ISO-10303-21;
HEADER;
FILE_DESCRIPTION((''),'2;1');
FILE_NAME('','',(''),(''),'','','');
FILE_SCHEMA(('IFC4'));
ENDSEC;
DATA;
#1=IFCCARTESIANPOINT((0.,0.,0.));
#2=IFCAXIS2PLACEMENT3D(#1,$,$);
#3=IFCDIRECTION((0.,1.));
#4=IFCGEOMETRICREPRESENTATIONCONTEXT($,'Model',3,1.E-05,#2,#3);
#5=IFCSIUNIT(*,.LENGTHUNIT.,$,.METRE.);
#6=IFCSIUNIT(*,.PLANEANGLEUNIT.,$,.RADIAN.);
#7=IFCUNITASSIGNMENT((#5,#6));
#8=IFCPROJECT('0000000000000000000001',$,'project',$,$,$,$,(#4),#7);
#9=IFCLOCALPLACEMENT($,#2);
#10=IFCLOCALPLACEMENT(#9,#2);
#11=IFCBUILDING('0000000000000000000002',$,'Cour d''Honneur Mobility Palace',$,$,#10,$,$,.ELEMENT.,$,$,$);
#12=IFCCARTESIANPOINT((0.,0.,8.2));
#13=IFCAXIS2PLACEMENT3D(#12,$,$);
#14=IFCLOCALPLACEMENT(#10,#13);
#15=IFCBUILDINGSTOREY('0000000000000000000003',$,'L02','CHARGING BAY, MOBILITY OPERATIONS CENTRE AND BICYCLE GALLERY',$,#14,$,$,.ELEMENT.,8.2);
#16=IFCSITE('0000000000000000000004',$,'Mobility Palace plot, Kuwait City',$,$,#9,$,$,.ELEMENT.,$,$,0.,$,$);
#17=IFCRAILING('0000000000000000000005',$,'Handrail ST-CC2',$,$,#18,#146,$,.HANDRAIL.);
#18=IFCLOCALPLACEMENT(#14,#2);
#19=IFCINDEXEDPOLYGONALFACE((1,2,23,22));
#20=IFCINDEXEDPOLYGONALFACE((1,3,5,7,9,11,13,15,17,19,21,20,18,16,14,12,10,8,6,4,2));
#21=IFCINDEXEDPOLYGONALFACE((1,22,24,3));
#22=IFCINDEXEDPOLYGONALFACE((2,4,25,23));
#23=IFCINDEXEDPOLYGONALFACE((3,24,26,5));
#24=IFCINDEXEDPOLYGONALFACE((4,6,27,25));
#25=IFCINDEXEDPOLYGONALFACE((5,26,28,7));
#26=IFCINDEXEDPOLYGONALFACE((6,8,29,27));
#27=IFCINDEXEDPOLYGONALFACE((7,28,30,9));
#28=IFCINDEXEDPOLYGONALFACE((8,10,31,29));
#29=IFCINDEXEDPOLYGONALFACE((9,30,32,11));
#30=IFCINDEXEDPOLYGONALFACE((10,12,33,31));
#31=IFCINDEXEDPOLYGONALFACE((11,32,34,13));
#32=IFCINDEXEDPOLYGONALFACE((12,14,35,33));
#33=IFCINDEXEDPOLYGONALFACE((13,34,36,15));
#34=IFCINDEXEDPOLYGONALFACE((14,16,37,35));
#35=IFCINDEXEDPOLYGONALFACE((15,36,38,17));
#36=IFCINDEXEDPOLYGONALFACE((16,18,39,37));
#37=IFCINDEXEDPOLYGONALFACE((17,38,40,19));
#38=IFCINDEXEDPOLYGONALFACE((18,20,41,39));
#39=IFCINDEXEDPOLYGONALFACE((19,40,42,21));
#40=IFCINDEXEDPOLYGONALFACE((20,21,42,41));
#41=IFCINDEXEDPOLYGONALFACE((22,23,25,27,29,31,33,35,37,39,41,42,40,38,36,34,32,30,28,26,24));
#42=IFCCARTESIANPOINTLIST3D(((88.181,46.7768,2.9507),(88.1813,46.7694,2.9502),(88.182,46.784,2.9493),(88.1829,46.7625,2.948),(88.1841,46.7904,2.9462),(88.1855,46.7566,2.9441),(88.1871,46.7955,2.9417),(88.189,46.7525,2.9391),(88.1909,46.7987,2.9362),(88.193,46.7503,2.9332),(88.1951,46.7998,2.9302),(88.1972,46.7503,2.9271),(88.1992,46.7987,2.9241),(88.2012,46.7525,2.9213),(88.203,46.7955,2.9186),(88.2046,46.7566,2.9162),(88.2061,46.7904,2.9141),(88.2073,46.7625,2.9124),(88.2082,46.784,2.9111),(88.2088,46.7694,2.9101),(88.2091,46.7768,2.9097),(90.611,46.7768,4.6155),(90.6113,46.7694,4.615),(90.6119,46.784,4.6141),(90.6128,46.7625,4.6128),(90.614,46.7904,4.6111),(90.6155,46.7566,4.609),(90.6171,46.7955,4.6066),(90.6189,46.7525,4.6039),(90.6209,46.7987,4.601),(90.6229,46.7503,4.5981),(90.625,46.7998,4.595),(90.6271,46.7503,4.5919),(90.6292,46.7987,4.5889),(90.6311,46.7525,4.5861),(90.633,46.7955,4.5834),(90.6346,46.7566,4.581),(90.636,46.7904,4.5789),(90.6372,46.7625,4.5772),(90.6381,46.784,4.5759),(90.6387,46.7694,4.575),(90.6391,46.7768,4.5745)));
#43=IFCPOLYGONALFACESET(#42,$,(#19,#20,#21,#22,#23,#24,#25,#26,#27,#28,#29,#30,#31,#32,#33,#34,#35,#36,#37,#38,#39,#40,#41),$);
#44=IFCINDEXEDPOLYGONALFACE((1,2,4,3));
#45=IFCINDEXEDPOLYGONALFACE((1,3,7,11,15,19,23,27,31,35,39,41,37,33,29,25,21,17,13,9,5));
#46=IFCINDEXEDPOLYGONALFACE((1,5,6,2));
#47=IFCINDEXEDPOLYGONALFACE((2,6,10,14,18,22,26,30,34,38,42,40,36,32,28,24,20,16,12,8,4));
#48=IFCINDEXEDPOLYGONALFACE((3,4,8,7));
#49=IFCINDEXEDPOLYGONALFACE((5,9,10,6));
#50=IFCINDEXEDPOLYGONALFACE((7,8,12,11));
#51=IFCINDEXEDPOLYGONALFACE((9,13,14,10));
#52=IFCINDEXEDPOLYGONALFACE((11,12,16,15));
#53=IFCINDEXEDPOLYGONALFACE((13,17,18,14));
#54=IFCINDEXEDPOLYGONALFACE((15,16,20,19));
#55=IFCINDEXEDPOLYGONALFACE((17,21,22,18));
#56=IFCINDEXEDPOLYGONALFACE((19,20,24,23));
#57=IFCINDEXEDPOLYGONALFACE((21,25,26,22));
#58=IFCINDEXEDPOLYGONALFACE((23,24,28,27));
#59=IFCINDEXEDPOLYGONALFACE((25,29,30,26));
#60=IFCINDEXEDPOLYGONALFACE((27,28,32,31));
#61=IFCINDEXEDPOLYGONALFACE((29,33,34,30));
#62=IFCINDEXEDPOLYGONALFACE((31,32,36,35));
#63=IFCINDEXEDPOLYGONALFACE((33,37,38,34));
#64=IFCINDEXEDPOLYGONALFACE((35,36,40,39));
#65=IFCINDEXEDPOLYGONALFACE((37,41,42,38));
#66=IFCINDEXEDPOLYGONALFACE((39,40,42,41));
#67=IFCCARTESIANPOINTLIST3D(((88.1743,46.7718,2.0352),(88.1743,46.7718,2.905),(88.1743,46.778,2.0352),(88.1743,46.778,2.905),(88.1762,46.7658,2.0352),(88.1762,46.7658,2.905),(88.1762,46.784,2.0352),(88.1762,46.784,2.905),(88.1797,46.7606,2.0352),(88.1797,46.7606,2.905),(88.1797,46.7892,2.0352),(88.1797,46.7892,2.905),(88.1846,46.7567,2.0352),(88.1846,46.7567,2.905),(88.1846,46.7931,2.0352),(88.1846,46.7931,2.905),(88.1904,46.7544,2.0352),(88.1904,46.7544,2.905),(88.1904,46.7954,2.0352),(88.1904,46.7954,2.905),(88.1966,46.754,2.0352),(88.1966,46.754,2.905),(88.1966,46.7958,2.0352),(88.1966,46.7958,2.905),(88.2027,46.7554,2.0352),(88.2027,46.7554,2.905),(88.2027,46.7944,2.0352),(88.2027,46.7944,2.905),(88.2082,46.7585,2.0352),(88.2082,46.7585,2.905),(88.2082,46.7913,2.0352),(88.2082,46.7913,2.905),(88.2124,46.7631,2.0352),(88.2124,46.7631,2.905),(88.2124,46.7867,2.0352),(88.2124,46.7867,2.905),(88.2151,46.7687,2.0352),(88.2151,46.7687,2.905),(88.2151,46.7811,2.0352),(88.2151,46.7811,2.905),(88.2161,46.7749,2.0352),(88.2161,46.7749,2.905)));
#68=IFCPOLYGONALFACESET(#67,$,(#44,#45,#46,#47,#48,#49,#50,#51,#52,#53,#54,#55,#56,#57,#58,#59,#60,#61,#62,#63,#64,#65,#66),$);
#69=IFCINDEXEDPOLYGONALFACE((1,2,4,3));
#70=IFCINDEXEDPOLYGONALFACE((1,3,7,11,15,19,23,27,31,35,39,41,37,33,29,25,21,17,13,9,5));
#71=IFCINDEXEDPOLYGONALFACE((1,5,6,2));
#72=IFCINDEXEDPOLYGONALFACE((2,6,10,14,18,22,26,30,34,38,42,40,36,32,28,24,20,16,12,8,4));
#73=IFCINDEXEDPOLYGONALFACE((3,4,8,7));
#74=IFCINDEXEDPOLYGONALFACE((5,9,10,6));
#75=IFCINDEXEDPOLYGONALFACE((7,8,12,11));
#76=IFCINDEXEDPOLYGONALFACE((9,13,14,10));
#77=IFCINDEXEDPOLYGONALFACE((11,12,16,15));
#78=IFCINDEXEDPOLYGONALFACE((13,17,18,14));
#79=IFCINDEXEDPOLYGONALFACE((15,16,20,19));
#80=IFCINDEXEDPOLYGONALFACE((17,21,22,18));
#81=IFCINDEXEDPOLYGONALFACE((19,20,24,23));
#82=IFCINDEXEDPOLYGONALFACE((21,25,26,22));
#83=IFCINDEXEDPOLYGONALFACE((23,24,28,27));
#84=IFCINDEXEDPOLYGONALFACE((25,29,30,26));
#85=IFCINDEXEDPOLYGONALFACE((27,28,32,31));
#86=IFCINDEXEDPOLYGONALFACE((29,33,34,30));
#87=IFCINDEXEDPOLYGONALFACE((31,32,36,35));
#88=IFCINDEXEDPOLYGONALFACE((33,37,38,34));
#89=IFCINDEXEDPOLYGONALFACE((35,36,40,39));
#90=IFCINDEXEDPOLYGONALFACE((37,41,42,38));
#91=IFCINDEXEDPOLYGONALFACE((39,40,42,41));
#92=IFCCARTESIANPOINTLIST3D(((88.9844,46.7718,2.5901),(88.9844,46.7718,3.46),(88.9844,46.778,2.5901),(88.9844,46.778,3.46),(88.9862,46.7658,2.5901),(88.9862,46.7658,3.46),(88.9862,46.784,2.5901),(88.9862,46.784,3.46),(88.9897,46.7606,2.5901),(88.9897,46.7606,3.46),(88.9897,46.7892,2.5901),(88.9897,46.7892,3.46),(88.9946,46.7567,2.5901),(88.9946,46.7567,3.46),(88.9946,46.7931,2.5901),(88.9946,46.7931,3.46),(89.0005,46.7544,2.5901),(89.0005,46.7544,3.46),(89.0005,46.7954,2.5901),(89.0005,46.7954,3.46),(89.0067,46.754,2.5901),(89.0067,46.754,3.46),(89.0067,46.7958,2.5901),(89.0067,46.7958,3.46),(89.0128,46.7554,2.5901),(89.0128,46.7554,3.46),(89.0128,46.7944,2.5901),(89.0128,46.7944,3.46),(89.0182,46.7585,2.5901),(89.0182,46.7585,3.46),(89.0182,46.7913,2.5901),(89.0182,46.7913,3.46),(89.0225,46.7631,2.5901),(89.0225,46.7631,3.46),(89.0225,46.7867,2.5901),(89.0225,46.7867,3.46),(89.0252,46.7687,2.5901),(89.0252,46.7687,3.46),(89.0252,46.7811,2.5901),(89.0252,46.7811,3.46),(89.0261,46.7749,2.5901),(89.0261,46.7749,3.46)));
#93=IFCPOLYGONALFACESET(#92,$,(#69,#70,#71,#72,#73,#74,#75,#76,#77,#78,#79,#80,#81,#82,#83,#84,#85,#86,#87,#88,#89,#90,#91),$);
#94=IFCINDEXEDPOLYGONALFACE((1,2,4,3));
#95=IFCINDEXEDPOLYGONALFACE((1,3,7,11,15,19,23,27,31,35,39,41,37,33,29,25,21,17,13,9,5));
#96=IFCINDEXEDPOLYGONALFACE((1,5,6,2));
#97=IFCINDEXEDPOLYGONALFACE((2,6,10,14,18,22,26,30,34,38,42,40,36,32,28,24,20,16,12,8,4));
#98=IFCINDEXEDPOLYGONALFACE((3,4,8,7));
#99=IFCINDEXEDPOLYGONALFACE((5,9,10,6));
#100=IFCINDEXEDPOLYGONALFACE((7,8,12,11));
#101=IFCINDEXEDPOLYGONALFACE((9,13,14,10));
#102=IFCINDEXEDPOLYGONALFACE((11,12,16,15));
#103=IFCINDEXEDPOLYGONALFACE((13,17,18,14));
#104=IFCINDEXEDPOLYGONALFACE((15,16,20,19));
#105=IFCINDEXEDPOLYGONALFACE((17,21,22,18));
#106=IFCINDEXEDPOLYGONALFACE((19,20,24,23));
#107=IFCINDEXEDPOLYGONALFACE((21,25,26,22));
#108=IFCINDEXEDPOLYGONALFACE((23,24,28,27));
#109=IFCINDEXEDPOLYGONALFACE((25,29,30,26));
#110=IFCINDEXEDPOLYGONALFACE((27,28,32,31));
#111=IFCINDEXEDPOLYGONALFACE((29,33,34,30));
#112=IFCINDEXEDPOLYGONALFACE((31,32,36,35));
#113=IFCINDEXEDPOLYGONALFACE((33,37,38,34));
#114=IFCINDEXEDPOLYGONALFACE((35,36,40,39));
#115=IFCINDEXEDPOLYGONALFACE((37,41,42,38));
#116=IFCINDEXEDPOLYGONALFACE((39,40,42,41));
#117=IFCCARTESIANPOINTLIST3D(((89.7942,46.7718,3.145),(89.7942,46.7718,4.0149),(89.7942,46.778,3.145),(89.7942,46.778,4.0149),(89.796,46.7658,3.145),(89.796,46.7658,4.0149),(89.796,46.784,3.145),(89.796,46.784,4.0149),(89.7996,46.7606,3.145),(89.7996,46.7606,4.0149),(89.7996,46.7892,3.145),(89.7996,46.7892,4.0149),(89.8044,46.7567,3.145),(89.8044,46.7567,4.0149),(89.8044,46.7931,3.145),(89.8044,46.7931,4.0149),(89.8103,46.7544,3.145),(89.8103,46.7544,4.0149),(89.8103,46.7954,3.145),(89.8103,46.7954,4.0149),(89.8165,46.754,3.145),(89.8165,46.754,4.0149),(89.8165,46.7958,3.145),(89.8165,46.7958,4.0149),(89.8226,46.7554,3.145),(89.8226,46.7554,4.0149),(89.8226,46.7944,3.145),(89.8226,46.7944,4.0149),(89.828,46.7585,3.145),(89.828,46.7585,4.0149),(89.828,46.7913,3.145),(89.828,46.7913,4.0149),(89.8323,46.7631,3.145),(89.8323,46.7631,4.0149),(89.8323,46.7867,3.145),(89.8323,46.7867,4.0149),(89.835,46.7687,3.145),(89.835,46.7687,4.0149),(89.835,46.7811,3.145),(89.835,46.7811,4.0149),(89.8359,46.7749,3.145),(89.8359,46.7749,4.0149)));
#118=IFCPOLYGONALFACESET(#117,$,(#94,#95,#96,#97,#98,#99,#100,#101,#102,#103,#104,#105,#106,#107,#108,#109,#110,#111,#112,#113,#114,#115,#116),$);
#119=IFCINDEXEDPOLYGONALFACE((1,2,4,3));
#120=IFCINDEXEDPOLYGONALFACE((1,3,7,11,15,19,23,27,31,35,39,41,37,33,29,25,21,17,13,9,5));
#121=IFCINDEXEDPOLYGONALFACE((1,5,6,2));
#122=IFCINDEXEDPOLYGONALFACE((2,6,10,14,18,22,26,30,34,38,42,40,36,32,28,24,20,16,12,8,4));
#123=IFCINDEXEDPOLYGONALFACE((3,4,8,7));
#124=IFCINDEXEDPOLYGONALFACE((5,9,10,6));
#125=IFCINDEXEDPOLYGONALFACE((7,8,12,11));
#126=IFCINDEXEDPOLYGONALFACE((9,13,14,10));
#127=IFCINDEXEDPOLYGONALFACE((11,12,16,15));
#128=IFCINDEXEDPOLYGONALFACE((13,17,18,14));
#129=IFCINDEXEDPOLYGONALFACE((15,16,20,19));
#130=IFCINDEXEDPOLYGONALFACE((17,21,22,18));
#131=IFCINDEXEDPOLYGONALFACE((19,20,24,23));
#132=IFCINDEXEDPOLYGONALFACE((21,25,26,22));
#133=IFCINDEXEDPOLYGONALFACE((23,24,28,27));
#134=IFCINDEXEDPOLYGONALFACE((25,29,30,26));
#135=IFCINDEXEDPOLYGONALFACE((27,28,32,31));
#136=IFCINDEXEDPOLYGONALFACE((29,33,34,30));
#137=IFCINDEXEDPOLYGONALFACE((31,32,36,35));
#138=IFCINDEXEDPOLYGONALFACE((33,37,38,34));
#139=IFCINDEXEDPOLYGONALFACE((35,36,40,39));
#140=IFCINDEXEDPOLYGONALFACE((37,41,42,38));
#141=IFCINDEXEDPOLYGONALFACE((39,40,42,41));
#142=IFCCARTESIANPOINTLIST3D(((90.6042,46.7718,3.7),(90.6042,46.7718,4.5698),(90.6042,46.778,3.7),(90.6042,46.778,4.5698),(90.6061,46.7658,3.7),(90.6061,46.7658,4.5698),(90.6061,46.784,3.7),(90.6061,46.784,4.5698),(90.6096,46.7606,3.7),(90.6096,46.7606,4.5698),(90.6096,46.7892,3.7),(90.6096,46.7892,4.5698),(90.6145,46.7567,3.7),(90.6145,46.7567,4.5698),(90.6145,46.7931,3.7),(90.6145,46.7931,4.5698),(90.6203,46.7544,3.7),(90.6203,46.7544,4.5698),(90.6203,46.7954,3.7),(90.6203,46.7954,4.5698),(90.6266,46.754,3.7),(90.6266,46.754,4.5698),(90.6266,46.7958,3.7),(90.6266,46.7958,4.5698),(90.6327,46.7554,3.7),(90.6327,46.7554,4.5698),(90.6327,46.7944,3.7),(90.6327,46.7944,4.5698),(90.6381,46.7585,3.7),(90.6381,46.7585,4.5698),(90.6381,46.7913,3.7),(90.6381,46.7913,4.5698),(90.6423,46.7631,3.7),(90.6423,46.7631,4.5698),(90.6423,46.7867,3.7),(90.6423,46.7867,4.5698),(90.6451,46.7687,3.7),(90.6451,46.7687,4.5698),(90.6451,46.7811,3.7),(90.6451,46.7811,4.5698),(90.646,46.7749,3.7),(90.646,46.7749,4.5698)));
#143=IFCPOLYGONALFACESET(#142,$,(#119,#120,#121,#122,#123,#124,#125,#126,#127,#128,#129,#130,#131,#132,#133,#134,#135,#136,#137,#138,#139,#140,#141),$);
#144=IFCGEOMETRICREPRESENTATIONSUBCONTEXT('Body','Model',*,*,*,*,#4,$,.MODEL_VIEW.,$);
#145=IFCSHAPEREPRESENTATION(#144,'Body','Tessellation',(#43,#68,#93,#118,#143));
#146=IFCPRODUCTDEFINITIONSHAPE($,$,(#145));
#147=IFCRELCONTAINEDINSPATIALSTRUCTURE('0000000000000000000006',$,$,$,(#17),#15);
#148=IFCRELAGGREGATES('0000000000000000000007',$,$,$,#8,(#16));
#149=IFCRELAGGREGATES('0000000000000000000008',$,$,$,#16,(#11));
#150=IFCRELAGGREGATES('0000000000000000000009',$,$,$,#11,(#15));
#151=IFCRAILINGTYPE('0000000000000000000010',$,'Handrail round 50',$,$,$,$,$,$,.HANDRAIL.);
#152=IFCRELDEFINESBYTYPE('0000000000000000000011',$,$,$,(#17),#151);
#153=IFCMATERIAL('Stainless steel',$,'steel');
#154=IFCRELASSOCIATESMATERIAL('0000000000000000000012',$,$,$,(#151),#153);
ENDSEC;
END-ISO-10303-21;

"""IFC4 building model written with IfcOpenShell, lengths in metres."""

from ifc_helpers import new_model, si_unit, direction, frame, origin, origin_2d, place, context, subcontext, project, spatial, circle, extrude, material, type_object, element, save


model = new_model("IFC4")

# Units and contexts
model_context = context("Model", 3, precision=1e-05, world=origin(), true_north=direction((0.0, 1.0)))
body_context = subcontext(model_context, "Body", "Model", "MODEL_VIEW")
ifc_project = project(units=[si_unit("LENGTHUNIT", "METRE"), si_unit("PLANEANGLEUNIT", "RADIAN")], contexts=[model_context])

# Site, building, storey
site_placement = place(None, origin())
site = spatial("IfcSite", under=ifc_project, at=site_placement, Name="Mobility Palace plot, Kuwait City", CompositionType="ELEMENT", RefElevation=0.0)
building_placement = place(site_placement, origin())
building = spatial("IfcBuilding", under=site, at=building_placement, Name="Cour d'Honneur Mobility Palace", CompositionType="ELEMENT")
storey_placement = place(building_placement, frame((0.0, 0.0, 8.2)))
storey = spatial("IfcBuildingStorey", under=building, at=storey_placement, Name="L02", Description="CHARGING BAY, MOBILITY OPERATIONS CENTRE AND BICYCLE GALLERY", CompositionType="ELEMENT", Elevation=8.2)

# Railing
ifc_material_1 = material(Name="Stainless steel", Category="steel")
railing_type_1 = type_object("IfcRailingType", Name="Handrail round 50", PredefinedType="HANDRAIL", material=ifc_material_1)
for number, where, name in (
    (1, (88.1951, 46.7749, 2.0352), "Handrail ST-CC2"),
):
    element("IfcRailing", number, at=place(storey_placement, frame(where)), inside=storey, type_object=railing_type_1, Name=name, PredefinedType="HANDRAIL", context=body_context, shape_type="SweptSolid", body=[
        extrude(circle(Radius=0.0249, at=origin_2d()), frame((0.0, 0.0, 0.895), z_axis=(0.824957, 0.0, 0.565195), x_axis=(0.0, 1.0, 0.0)), (0.0, 0.0, 1.0), 2.9456),
        extrude(circle(Radius=0.021, at=origin_2d()), origin(), (0.0, 0.0, 1.0), 0.8699),
        extrude(circle(Radius=0.021, at=origin_2d()), frame((0.8101, 0.0, 0.5549)), (0.0, 0.0, 1.0), 0.8699),
        extrude(circle(Radius=0.021, at=origin_2d()), frame((1.6199, 0.0, 1.1099)), (0.0, 0.0, 1.0), 0.8699),
        extrude(circle(Radius=0.021, at=origin_2d()), frame((2.4299, 0.0, 1.6648)), (0.0, 0.0, 1.0), 0.8699),
    ])

save(model, "model.ifc")
